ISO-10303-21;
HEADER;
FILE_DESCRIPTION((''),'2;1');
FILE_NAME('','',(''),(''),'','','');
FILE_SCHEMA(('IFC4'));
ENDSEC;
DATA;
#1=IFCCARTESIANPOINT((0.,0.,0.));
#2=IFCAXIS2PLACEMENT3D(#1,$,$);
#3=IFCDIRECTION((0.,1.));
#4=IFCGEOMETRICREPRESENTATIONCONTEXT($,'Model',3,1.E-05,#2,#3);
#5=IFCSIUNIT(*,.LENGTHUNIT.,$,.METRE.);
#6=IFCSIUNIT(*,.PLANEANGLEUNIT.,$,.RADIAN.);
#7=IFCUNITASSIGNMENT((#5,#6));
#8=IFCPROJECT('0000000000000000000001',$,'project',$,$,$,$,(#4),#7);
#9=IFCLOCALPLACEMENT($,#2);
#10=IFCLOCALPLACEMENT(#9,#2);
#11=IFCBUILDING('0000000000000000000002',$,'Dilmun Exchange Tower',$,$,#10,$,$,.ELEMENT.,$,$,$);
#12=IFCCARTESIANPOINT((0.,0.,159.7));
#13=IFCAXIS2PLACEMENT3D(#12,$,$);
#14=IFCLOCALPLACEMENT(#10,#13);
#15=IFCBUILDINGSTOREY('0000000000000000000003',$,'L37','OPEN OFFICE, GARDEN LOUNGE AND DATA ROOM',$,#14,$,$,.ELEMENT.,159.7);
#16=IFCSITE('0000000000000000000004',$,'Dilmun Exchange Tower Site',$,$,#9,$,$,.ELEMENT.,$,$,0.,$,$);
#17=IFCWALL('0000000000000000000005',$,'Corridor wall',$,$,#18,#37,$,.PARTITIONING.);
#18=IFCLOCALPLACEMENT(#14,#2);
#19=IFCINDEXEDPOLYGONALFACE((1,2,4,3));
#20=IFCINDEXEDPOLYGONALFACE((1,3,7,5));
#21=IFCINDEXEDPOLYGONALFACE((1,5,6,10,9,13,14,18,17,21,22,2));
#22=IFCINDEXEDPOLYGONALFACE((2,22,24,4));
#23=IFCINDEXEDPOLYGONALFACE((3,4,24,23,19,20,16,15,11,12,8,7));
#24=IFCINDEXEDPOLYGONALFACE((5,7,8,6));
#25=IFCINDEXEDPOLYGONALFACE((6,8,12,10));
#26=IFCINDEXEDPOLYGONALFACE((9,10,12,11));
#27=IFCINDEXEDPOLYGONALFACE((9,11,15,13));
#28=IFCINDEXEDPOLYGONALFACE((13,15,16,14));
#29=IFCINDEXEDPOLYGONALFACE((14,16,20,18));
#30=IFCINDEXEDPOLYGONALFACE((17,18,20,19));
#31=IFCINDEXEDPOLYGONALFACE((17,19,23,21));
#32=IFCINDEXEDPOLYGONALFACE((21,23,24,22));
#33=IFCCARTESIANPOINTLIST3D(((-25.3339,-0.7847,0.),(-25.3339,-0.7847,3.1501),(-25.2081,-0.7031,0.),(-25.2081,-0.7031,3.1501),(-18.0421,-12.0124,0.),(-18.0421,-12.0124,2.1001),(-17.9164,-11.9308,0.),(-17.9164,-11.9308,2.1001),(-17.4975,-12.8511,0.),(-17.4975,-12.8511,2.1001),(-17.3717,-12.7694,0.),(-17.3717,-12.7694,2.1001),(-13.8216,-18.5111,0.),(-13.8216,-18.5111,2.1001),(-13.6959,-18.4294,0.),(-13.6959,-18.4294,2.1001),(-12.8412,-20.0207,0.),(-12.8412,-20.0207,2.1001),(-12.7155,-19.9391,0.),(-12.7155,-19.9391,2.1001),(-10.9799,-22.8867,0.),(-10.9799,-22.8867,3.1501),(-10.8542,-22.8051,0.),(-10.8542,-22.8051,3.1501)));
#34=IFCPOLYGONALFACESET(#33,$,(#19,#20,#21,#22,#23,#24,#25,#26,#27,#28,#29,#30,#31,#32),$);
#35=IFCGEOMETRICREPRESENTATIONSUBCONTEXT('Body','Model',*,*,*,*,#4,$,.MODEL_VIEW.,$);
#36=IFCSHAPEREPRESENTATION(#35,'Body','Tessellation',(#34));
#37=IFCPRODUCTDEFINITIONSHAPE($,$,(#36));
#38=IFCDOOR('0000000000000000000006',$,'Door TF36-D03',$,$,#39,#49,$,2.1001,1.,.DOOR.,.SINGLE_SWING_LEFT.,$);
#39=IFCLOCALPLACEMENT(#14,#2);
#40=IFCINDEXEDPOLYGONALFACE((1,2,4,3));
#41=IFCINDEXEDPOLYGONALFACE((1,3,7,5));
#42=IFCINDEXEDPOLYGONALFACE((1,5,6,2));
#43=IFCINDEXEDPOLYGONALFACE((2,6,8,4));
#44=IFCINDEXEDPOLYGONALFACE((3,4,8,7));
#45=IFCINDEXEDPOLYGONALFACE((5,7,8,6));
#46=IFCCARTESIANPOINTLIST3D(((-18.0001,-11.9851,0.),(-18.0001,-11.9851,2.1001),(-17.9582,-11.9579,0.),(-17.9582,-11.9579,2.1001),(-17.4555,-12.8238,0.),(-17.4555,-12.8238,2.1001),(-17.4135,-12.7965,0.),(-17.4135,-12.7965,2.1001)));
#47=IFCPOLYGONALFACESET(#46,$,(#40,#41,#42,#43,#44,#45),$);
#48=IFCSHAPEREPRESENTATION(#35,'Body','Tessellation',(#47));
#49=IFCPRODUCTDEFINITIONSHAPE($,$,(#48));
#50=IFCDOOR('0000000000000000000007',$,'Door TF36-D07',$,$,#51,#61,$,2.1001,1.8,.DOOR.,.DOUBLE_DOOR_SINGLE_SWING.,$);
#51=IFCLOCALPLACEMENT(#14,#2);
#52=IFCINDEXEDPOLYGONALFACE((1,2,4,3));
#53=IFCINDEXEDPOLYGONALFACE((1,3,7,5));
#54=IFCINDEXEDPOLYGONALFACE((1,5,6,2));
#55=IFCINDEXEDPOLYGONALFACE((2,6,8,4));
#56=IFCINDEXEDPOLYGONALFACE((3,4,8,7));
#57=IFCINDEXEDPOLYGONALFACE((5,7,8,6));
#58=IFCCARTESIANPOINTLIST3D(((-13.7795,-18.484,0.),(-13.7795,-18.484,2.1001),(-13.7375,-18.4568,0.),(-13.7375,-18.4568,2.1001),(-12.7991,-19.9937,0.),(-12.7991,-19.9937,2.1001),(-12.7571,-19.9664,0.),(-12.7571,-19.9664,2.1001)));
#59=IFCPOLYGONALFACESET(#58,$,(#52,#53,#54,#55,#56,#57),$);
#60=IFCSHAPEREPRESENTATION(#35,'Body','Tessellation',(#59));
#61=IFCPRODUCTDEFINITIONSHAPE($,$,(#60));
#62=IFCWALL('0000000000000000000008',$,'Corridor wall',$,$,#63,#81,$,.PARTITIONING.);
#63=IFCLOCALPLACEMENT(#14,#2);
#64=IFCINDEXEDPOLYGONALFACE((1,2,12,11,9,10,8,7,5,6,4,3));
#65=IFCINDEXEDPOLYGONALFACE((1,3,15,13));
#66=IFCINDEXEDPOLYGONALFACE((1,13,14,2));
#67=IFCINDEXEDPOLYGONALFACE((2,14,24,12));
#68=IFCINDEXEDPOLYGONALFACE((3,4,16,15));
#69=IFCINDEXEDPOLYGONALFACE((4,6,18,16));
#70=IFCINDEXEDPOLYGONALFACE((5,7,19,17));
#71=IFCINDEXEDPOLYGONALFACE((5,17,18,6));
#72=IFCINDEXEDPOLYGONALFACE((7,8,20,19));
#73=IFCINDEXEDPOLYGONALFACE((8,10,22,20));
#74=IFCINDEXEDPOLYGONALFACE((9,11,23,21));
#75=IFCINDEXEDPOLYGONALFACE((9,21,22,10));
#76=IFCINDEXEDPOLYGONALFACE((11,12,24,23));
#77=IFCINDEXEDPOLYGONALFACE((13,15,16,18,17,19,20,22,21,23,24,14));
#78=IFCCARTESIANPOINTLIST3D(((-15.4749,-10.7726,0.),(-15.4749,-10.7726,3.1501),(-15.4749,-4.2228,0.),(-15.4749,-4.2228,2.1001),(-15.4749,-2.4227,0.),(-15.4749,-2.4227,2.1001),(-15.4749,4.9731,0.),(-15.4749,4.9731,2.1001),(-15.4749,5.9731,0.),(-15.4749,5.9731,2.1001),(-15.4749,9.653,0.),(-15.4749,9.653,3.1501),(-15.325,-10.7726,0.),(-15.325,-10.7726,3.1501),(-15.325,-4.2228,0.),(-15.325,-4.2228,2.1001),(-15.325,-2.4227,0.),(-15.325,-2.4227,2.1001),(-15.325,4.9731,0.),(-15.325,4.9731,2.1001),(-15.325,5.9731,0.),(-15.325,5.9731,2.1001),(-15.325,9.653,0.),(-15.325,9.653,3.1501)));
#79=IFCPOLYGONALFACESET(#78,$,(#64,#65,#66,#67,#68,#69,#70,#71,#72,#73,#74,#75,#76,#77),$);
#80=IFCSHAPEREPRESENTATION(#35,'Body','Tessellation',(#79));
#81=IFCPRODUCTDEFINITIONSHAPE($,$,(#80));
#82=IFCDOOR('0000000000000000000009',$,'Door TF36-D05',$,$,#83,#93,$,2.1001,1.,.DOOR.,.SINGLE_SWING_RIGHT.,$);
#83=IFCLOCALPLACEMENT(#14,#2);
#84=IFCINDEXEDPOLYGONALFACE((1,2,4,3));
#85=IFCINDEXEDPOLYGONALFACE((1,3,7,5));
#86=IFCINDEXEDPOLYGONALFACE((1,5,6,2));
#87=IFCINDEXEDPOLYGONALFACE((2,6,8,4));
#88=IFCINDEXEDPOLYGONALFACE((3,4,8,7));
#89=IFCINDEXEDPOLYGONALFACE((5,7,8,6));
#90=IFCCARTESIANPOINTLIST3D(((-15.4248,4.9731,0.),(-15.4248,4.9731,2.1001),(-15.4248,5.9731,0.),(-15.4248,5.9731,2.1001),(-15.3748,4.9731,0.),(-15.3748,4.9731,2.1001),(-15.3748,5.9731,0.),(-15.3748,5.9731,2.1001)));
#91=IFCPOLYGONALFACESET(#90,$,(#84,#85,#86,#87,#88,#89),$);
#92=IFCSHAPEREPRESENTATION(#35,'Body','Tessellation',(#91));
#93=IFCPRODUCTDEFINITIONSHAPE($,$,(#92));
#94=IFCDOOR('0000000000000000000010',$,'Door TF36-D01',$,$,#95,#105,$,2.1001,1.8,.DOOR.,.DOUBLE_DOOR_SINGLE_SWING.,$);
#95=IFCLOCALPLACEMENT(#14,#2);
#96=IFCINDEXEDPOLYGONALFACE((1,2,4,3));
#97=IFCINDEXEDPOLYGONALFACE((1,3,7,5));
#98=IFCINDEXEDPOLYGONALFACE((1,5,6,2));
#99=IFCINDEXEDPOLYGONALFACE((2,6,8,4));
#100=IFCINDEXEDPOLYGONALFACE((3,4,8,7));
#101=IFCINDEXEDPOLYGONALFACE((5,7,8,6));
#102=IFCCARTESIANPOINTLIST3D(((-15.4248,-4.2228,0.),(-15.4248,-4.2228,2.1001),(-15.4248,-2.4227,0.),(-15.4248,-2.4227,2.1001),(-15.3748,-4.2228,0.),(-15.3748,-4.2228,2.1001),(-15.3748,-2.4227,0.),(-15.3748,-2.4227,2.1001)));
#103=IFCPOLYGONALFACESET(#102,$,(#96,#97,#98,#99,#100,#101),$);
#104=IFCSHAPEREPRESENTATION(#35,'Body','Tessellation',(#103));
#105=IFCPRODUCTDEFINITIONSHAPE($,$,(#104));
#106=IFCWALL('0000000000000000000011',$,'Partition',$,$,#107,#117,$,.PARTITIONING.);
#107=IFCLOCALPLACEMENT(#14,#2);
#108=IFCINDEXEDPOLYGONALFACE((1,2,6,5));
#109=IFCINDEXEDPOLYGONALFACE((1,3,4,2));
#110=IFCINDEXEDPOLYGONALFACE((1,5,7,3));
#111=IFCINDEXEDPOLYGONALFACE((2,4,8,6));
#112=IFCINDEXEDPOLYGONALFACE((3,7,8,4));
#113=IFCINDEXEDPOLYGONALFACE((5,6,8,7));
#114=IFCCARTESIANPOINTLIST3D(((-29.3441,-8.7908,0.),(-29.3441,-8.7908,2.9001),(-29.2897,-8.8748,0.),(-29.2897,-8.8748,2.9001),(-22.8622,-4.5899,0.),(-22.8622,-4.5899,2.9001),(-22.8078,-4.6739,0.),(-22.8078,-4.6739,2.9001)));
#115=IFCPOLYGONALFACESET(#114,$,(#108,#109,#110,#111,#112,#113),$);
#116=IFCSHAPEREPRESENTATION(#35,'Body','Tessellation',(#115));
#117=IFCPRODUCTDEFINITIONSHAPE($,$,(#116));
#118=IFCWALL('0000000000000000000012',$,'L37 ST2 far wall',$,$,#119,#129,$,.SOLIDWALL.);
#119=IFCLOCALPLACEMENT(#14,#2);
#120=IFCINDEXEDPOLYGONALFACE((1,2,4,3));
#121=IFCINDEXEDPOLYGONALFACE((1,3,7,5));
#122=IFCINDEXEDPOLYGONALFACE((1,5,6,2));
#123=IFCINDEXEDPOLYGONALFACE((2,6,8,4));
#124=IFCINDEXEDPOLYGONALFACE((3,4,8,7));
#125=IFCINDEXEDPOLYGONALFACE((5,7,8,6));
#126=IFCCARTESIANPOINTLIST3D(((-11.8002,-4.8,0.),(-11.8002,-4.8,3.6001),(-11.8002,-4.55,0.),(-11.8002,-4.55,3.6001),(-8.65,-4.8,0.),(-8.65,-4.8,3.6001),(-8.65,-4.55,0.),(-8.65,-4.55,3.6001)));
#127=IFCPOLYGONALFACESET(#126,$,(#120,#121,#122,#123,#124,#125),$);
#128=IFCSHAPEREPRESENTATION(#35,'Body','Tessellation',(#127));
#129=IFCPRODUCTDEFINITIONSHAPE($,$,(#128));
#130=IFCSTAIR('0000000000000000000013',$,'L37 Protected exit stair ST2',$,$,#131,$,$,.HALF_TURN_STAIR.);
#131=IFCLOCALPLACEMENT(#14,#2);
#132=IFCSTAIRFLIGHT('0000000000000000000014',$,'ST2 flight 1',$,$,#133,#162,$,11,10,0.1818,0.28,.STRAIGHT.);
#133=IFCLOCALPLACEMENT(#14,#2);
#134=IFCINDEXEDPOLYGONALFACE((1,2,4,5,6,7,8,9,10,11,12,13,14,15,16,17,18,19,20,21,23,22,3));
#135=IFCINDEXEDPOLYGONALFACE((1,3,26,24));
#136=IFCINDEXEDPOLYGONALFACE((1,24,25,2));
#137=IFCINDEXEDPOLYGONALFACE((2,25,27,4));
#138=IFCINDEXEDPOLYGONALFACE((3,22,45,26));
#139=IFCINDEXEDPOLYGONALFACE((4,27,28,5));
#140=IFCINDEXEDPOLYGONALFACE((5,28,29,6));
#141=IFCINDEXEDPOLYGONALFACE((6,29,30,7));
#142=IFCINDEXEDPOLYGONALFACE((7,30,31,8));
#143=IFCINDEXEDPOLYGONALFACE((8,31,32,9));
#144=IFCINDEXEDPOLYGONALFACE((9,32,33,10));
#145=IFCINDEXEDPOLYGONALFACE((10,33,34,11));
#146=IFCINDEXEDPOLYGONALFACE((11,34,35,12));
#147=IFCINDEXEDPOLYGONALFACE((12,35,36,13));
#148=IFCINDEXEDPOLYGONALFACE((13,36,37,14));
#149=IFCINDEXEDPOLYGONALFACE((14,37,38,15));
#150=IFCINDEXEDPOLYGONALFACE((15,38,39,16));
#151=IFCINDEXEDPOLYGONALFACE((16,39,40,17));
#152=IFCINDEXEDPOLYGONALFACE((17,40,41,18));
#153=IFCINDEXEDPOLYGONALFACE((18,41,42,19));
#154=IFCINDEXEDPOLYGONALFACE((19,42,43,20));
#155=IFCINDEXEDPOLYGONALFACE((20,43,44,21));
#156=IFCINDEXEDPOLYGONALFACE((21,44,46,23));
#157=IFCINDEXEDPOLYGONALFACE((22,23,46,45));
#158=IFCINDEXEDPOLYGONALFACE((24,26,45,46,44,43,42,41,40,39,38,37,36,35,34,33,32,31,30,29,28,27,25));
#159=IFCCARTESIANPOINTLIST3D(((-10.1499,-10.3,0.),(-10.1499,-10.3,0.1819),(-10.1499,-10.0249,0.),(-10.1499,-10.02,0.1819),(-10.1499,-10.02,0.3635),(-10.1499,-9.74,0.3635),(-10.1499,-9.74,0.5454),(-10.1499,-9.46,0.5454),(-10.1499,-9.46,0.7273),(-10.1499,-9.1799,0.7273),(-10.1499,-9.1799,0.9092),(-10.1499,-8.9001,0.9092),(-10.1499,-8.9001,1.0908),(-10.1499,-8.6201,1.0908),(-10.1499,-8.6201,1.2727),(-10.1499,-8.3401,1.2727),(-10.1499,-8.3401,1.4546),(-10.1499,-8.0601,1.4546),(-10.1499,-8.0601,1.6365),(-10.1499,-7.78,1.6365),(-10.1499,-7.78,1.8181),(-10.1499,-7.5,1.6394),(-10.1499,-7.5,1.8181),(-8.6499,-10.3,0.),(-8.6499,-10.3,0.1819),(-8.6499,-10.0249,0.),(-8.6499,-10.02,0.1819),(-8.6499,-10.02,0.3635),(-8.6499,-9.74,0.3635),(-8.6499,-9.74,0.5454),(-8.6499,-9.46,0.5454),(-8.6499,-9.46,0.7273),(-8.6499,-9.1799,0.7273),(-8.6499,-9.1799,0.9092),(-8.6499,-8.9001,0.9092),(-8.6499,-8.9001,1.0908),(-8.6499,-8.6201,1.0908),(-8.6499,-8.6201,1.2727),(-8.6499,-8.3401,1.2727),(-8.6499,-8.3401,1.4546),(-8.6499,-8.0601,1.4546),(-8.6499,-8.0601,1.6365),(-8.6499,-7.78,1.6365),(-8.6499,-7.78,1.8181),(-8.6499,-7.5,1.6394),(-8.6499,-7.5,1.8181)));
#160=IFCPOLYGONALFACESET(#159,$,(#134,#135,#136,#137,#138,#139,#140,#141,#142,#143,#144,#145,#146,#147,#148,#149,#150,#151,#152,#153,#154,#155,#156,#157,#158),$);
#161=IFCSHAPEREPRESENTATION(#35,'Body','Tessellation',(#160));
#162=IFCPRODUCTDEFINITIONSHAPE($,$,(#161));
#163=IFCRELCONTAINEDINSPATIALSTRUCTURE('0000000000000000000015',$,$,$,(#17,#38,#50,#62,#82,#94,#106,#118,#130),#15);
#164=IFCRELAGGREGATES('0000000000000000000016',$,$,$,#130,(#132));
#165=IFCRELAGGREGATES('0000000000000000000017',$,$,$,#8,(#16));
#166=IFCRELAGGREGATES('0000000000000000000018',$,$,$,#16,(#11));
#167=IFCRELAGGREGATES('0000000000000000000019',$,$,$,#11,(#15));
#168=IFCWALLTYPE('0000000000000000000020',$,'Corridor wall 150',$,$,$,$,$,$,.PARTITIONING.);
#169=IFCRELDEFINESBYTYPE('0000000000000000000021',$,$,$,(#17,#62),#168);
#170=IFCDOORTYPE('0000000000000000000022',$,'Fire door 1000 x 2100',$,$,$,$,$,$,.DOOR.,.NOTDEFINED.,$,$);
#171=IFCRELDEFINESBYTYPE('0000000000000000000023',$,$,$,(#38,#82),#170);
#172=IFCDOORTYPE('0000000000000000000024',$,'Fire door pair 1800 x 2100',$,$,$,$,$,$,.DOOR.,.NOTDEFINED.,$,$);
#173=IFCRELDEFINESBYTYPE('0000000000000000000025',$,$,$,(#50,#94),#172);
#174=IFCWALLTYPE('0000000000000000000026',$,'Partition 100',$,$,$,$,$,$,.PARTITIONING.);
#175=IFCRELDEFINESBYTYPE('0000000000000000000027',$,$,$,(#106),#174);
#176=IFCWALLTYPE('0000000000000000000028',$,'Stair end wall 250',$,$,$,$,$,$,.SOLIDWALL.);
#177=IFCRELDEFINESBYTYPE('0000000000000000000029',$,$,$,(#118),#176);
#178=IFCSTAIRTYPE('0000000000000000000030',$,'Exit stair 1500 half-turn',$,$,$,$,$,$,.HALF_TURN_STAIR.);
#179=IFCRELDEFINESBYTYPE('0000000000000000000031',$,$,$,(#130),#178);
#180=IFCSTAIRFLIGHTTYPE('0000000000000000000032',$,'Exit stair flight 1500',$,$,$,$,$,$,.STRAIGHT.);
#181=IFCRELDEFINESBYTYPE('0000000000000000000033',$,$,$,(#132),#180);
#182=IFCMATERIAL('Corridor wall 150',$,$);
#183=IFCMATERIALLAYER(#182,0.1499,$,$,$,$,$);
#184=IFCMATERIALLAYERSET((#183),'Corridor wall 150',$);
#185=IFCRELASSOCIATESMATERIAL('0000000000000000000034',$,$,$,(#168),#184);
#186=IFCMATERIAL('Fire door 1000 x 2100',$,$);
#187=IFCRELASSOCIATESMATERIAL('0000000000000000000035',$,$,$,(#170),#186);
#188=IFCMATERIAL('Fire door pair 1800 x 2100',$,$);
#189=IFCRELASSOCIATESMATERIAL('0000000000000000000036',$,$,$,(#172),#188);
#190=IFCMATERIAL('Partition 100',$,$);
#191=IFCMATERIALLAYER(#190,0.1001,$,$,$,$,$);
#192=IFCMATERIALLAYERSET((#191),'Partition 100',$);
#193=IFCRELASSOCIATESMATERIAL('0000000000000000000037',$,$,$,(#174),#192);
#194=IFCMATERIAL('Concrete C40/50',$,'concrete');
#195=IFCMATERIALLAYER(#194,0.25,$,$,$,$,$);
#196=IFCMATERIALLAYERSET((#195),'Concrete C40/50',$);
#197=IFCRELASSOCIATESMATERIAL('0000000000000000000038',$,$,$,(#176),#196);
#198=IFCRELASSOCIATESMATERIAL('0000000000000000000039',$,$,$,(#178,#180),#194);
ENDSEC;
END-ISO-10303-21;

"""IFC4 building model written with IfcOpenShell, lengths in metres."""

from ifc_helpers import new_model, si_unit, direction, frame, frame_2d, origin, place, context, subcontext, project, spatial, polyline, rectangle, outline, extrude, material, layer, layer_set, type_object, element, fill, aggregate, save


model = new_model("IFC4")

# Units and contexts
model_context = context("Model", 3, precision=1e-05, world=origin(), true_north=direction((0.0, 1.0)))
body_context = subcontext(model_context, "Body", "Model", "MODEL_VIEW")
ifc_project = project(units=[si_unit("LENGTHUNIT", "METRE"), si_unit("PLANEANGLEUNIT", "RADIAN")], contexts=[model_context])

# Site, building, storey
site_placement = place(None, origin())
site = spatial("IfcSite", under=ifc_project, at=site_placement, Name="Dilmun Exchange Tower Site", CompositionType="ELEMENT", RefElevation=0.0)
building_placement = place(site_placement, origin())
building = spatial("IfcBuilding", under=site, at=building_placement, Name="Dilmun Exchange Tower", CompositionType="ELEMENT")
storey_placement = place(building_placement, frame((0.0, 0.0, 159.7)))
storey = spatial("IfcBuildingStorey", under=building, at=storey_placement, Name="L37", Description="OPEN OFFICE, GARDEN LOUNGE AND DATA ROOM", CompositionType="ELEMENT", Elevation=159.7)

# Shared definitions
ifc_material_1 = material(Name="Concrete C40/50", Category="concrete")

# Shared definitions
ifc_material_2 = material(Name="Corridor wall 150")
ifc_layer_1 = layer(ifc_material_2, 0.1499)
ifc_layer_set_1 = layer_set([ifc_layer_1], Name="Corridor wall 150")
wall_type_1 = type_object("IfcWallType", Name="Corridor wall 150", PredefinedType="PARTITIONING", material=ifc_layer_set_1)

# Walls, openings, doors
wall_1_placement = place(storey_placement, frame((-25.271, -0.7439, 0.0), z_axis=(0.0, 0.0, 1.0), x_axis=(0.544659, -0.838657, 0.0)))
wall_1 = element("IfcWall", 1, at=wall_1_placement, inside=storey, type_object=wall_type_1, Name="Corridor wall", PredefinedType="PARTITIONING", context=body_context, shape_type="SweptSolid", body=[
    extrude(rectangle(XDim=26.354, YDim=0.1499, at=frame_2d((13.177, 0.0))), origin(), (0.0, 0.0, 1.0), 3.1501),
])
opening_1_placement = place(wall_1_placement, frame((13.3877, 0.0, 0.0)))
opening_1 = element("IfcOpeningElement", 2, at=opening_1_placement, cuts=wall_1, PredefinedType="OPENING", context=body_context, shape_type="SweptSolid", body=[
    extrude(rectangle(XDim=1.0, YDim=2.1001, at=frame_2d((0.5, 1.05))), frame((0.0, 0.085, 0.0), z_axis=(0.0, -1.0, 0.0), x_axis=(1.0, 0.0, 0.0)), (0.0, 0.0, 1.0), 0.1699),
])
opening_2_placement = place(wall_1_placement, frame((21.1367, 0.0, 0.0)))
opening_2 = element("IfcOpeningElement", 3, at=opening_2_placement, cuts=wall_1, PredefinedType="OPENING", context=body_context, shape_type="SweptSolid", body=[
    extrude(rectangle(XDim=1.8, YDim=2.1001, at=frame_2d((0.8999, 1.05))), frame((0.0, 0.085, 0.0), z_axis=(0.0, -1.0, 0.0), x_axis=(1.0, 0.0, 0.0)), (0.0, 0.0, 1.0), 0.1699),
])
ifc_material_3 = material(Name="Fire door 1000 x 2100")
door_type_1 = type_object("IfcDoorType", Name="Fire door 1000 x 2100", OperationType="NOTDEFINED", PredefinedType="DOOR", material=ifc_material_3)
door_1_placement = place(opening_1_placement, frame((1.0, 0.0, 0.0), z_axis=(0.0, 0.0, 1.0), x_axis=(-1.0, 0.0, 0.0)))
door_1 = element("IfcDoor", 4, at=door_1_placement, inside=storey, type_object=door_type_1, Name="Door TF36-D03", OperationType="SINGLE_SWING_LEFT", OverallHeight=2.1001, OverallWidth=1.0, PredefinedType="DOOR", context=body_context, shape_type="SweptSolid", body=[
    extrude(rectangle(XDim=1.0, YDim=2.1001, at=frame_2d((0.5, 1.05))), frame((0.0, 0.0249, 0.0), z_axis=(0.0, -1.0, 0.0), x_axis=(1.0, 0.0, 0.0)), (0.0, 0.0, 1.0), 0.05),
])
fill(opening_1, door_1)
ifc_material_4 = material(Name="Fire door pair 1800 x 2100")
door_type_2 = type_object("IfcDoorType", Name="Fire door pair 1800 x 2100", OperationType="NOTDEFINED", PredefinedType="DOOR", material=ifc_material_4)
door_2_placement = place(opening_2_placement, frame((1.8, 0.0, 0.0), z_axis=(0.0, 0.0, 1.0), x_axis=(-1.0, 0.0, 0.0)))
door_2 = element("IfcDoor", 5, at=door_2_placement, inside=storey, type_object=door_type_2, Name="Door TF36-D07", OperationType="DOUBLE_DOOR_SINGLE_SWING", OverallHeight=2.1001, OverallWidth=1.8, PredefinedType="DOOR", context=body_context, shape_type="SweptSolid", body=[
    extrude(rectangle(XDim=1.8, YDim=2.1001, at=frame_2d((0.8999, 1.05))), frame((0.0, 0.0249, 0.0), z_axis=(0.0, -1.0, 0.0), x_axis=(1.0, 0.0, 0.0)), (0.0, 0.0, 1.0), 0.05),
])
fill(opening_2, door_2)
wall_2_placement = place(storey_placement, frame((-15.3999, -10.7727, 0.0), z_axis=(0.0, 0.0, 1.0), x_axis=(0.0, 1.0, 0.0)))
wall_2 = element("IfcWall", 6, at=wall_2_placement, inside=storey, type_object=wall_type_1, Name="Corridor wall", PredefinedType="PARTITIONING", context=body_context, shape_type="SweptSolid", body=[
    extrude(rectangle(XDim=20.4255, YDim=0.1499, at=frame_2d((10.2129, 0.0))), origin(), (0.0, 0.0, 1.0), 3.1501),
])
opening_3_placement = place(wall_2_placement, frame((6.55, 0.0, 0.0)))
opening_3 = element("IfcOpeningElement", 7, at=opening_3_placement, cuts=wall_2, PredefinedType="OPENING", context=body_context, shape_type="SweptSolid", body=[
    extrude(rectangle(XDim=1.8, YDim=2.1001, at=frame_2d((0.8999, 1.05))), frame((0.0, 0.085, 0.0), z_axis=(0.0, -1.0, 0.0), x_axis=(1.0, 0.0, 0.0)), (0.0, 0.0, 1.0), 0.1699),
])
opening_4_placement = place(wall_2_placement, frame((15.7458, 0.0, 0.0)))
opening_4 = element("IfcOpeningElement", 8, at=opening_4_placement, cuts=wall_2, PredefinedType="OPENING", context=body_context, shape_type="SweptSolid", body=[
    extrude(rectangle(XDim=1.0, YDim=2.1001, at=frame_2d((0.5, 1.05))), frame((0.0, 0.085, 0.0), z_axis=(0.0, -1.0, 0.0), x_axis=(1.0, 0.0, 0.0)), (0.0, 0.0, 1.0), 0.1699),
])
door_3_placement = place(opening_4_placement, origin())
door_3 = element("IfcDoor", 9, at=door_3_placement, inside=storey, type_object=door_type_1, Name="Door TF36-D05", OperationType="SINGLE_SWING_RIGHT", OverallHeight=2.1001, OverallWidth=1.0, PredefinedType="DOOR", context=body_context, shape_type="SweptSolid", body=[
    extrude(rectangle(XDim=1.0, YDim=2.1001, at=frame_2d((0.5, 1.05))), frame((0.0, 0.0249, 0.0), z_axis=(0.0, -1.0, 0.0), x_axis=(1.0, 0.0, 0.0)), (0.0, 0.0, 1.0), 0.05),
])
fill(opening_4, door_3)
door_4_placement = place(opening_3_placement, origin())
door_4 = element("IfcDoor", 10, at=door_4_placement, inside=storey, type_object=door_type_2, Name="Door TF36-D01", OperationType="DOUBLE_DOOR_SINGLE_SWING", OverallHeight=2.1001, OverallWidth=1.8, PredefinedType="DOOR", context=body_context, shape_type="SweptSolid", body=[
    extrude(rectangle(XDim=1.8, YDim=2.1001, at=frame_2d((0.8999, 1.05))), frame((0.0, 0.0249, 0.0), z_axis=(0.0, -1.0, 0.0), x_axis=(1.0, 0.0, 0.0)), (0.0, 0.0, 1.0), 0.05),
])
fill(opening_3, door_4)

# Walls
ifc_material_5 = material(Name="Partition 100")
ifc_layer_2 = layer(ifc_material_5, 0.1001)
ifc_layer_set_2 = layer_set([ifc_layer_2], Name="Partition 100")
wall_type_2 = type_object("IfcWallType", Name="Partition 100", PredefinedType="PARTITIONING", material=ifc_layer_set_2)
wall_3_placement = place(storey_placement, frame((-29.3169, -8.8328, 0.0), z_axis=(0.0, 0.0, 1.0), x_axis=(0.839172, 0.543866, 0.0)))
element("IfcWall", 11, at=wall_3_placement, inside=storey, type_object=wall_type_2, Name="Partition", PredefinedType="PARTITIONING", context=body_context, shape_type="SweptSolid", body=[
    extrude(rectangle(XDim=7.7241, YDim=0.1001, at=frame_2d((3.8621, 0.0))), origin(), (0.0, 0.0, 1.0), 2.9001),
])
ifc_layer_3 = layer(ifc_material_1, 0.25)
ifc_layer_set_3 = layer_set([ifc_layer_3], Name="Concrete C40/50")
wall_type_3 = type_object("IfcWallType", Name="Stair end wall 250", PredefinedType="SOLIDWALL", material=ifc_layer_set_3)
wall_4_placement = place(storey_placement, frame((-8.6499, -4.675, 0.0), z_axis=(0.0, 0.0, 1.0), x_axis=(-1.0, 0.0, 0.0)))
element("IfcWall", 12, at=wall_4_placement, inside=storey, type_object=wall_type_3, Name="L37 ST2 far wall", PredefinedType="SOLIDWALL", context=body_context, shape_type="SweptSolid", body=[
    extrude(rectangle(XDim=3.1501, YDim=0.25, at=frame_2d((1.5752, 0.0))), origin(), (0.0, 0.0, 1.0), 3.6001),
])

# Stair, stair flight
stair_type = type_object("IfcStairType", Name="Exit stair 1500 half-turn", PredefinedType="HALF_TURN_STAIR", material=ifc_material_1)
stair_placement = place(storey_placement, origin())
stair = element("IfcStair", 13, at=stair_placement, inside=storey, type_object=stair_type, Name="L37 Protected exit stair ST2", PredefinedType="HALF_TURN_STAIR")
stair_flight_type = type_object("IfcStairFlightType", Name="Exit stair flight 1500", PredefinedType="STRAIGHT", material=ifc_material_1)
stair_flight_1_placement = place(storey_placement, frame((-9.3999, -10.3, 0.0), z_axis=(0.0, 0.0, 1.0), x_axis=(0.0, 1.0, 0.0)))
stair_flight_1 = element("IfcStairFlight", 14, at=stair_flight_1_placement, type_object=stair_flight_type, Name="ST2 flight 1", NumberOfRisers=11, NumberOfTreads=10, PredefinedType="STRAIGHT", RiserHeight=0.1818, TreadLength=0.28, context=body_context, shape_type="SweptSolid", body=[
    extrude(outline(polyline([(0.0, 0.0), (0.0, 0.1819), (0.28, 0.1819), (0.28, 0.3635), (0.5601, 0.3635), (0.5601, 0.5454), (0.8401, 0.5454), (0.8401, 0.7273), (1.1201, 0.7273), (1.1201, 0.9092), (1.3999, 0.9092), (1.3999, 1.0908), (1.6799, 1.0908), (1.6799, 1.2727), (1.96, 1.2727), (1.96, 1.4546), (2.24, 1.4546), (2.24, 1.6365), (2.52, 1.6365), (2.52, 1.8181), (2.8, 1.8181), (2.8, 2.0), (2.8, 1.6394), (0.2751, 0.0), (0.0, 0.0)])), frame((0.0, 0.75, 0.0), z_axis=(0.0, -1.0, 0.0), x_axis=(1.0, 0.0, 0.0)), (0.0, 0.0, 1.0), 1.5),
])
aggregate(stair, [stair_flight_1])

save(model, "model.ifc")
